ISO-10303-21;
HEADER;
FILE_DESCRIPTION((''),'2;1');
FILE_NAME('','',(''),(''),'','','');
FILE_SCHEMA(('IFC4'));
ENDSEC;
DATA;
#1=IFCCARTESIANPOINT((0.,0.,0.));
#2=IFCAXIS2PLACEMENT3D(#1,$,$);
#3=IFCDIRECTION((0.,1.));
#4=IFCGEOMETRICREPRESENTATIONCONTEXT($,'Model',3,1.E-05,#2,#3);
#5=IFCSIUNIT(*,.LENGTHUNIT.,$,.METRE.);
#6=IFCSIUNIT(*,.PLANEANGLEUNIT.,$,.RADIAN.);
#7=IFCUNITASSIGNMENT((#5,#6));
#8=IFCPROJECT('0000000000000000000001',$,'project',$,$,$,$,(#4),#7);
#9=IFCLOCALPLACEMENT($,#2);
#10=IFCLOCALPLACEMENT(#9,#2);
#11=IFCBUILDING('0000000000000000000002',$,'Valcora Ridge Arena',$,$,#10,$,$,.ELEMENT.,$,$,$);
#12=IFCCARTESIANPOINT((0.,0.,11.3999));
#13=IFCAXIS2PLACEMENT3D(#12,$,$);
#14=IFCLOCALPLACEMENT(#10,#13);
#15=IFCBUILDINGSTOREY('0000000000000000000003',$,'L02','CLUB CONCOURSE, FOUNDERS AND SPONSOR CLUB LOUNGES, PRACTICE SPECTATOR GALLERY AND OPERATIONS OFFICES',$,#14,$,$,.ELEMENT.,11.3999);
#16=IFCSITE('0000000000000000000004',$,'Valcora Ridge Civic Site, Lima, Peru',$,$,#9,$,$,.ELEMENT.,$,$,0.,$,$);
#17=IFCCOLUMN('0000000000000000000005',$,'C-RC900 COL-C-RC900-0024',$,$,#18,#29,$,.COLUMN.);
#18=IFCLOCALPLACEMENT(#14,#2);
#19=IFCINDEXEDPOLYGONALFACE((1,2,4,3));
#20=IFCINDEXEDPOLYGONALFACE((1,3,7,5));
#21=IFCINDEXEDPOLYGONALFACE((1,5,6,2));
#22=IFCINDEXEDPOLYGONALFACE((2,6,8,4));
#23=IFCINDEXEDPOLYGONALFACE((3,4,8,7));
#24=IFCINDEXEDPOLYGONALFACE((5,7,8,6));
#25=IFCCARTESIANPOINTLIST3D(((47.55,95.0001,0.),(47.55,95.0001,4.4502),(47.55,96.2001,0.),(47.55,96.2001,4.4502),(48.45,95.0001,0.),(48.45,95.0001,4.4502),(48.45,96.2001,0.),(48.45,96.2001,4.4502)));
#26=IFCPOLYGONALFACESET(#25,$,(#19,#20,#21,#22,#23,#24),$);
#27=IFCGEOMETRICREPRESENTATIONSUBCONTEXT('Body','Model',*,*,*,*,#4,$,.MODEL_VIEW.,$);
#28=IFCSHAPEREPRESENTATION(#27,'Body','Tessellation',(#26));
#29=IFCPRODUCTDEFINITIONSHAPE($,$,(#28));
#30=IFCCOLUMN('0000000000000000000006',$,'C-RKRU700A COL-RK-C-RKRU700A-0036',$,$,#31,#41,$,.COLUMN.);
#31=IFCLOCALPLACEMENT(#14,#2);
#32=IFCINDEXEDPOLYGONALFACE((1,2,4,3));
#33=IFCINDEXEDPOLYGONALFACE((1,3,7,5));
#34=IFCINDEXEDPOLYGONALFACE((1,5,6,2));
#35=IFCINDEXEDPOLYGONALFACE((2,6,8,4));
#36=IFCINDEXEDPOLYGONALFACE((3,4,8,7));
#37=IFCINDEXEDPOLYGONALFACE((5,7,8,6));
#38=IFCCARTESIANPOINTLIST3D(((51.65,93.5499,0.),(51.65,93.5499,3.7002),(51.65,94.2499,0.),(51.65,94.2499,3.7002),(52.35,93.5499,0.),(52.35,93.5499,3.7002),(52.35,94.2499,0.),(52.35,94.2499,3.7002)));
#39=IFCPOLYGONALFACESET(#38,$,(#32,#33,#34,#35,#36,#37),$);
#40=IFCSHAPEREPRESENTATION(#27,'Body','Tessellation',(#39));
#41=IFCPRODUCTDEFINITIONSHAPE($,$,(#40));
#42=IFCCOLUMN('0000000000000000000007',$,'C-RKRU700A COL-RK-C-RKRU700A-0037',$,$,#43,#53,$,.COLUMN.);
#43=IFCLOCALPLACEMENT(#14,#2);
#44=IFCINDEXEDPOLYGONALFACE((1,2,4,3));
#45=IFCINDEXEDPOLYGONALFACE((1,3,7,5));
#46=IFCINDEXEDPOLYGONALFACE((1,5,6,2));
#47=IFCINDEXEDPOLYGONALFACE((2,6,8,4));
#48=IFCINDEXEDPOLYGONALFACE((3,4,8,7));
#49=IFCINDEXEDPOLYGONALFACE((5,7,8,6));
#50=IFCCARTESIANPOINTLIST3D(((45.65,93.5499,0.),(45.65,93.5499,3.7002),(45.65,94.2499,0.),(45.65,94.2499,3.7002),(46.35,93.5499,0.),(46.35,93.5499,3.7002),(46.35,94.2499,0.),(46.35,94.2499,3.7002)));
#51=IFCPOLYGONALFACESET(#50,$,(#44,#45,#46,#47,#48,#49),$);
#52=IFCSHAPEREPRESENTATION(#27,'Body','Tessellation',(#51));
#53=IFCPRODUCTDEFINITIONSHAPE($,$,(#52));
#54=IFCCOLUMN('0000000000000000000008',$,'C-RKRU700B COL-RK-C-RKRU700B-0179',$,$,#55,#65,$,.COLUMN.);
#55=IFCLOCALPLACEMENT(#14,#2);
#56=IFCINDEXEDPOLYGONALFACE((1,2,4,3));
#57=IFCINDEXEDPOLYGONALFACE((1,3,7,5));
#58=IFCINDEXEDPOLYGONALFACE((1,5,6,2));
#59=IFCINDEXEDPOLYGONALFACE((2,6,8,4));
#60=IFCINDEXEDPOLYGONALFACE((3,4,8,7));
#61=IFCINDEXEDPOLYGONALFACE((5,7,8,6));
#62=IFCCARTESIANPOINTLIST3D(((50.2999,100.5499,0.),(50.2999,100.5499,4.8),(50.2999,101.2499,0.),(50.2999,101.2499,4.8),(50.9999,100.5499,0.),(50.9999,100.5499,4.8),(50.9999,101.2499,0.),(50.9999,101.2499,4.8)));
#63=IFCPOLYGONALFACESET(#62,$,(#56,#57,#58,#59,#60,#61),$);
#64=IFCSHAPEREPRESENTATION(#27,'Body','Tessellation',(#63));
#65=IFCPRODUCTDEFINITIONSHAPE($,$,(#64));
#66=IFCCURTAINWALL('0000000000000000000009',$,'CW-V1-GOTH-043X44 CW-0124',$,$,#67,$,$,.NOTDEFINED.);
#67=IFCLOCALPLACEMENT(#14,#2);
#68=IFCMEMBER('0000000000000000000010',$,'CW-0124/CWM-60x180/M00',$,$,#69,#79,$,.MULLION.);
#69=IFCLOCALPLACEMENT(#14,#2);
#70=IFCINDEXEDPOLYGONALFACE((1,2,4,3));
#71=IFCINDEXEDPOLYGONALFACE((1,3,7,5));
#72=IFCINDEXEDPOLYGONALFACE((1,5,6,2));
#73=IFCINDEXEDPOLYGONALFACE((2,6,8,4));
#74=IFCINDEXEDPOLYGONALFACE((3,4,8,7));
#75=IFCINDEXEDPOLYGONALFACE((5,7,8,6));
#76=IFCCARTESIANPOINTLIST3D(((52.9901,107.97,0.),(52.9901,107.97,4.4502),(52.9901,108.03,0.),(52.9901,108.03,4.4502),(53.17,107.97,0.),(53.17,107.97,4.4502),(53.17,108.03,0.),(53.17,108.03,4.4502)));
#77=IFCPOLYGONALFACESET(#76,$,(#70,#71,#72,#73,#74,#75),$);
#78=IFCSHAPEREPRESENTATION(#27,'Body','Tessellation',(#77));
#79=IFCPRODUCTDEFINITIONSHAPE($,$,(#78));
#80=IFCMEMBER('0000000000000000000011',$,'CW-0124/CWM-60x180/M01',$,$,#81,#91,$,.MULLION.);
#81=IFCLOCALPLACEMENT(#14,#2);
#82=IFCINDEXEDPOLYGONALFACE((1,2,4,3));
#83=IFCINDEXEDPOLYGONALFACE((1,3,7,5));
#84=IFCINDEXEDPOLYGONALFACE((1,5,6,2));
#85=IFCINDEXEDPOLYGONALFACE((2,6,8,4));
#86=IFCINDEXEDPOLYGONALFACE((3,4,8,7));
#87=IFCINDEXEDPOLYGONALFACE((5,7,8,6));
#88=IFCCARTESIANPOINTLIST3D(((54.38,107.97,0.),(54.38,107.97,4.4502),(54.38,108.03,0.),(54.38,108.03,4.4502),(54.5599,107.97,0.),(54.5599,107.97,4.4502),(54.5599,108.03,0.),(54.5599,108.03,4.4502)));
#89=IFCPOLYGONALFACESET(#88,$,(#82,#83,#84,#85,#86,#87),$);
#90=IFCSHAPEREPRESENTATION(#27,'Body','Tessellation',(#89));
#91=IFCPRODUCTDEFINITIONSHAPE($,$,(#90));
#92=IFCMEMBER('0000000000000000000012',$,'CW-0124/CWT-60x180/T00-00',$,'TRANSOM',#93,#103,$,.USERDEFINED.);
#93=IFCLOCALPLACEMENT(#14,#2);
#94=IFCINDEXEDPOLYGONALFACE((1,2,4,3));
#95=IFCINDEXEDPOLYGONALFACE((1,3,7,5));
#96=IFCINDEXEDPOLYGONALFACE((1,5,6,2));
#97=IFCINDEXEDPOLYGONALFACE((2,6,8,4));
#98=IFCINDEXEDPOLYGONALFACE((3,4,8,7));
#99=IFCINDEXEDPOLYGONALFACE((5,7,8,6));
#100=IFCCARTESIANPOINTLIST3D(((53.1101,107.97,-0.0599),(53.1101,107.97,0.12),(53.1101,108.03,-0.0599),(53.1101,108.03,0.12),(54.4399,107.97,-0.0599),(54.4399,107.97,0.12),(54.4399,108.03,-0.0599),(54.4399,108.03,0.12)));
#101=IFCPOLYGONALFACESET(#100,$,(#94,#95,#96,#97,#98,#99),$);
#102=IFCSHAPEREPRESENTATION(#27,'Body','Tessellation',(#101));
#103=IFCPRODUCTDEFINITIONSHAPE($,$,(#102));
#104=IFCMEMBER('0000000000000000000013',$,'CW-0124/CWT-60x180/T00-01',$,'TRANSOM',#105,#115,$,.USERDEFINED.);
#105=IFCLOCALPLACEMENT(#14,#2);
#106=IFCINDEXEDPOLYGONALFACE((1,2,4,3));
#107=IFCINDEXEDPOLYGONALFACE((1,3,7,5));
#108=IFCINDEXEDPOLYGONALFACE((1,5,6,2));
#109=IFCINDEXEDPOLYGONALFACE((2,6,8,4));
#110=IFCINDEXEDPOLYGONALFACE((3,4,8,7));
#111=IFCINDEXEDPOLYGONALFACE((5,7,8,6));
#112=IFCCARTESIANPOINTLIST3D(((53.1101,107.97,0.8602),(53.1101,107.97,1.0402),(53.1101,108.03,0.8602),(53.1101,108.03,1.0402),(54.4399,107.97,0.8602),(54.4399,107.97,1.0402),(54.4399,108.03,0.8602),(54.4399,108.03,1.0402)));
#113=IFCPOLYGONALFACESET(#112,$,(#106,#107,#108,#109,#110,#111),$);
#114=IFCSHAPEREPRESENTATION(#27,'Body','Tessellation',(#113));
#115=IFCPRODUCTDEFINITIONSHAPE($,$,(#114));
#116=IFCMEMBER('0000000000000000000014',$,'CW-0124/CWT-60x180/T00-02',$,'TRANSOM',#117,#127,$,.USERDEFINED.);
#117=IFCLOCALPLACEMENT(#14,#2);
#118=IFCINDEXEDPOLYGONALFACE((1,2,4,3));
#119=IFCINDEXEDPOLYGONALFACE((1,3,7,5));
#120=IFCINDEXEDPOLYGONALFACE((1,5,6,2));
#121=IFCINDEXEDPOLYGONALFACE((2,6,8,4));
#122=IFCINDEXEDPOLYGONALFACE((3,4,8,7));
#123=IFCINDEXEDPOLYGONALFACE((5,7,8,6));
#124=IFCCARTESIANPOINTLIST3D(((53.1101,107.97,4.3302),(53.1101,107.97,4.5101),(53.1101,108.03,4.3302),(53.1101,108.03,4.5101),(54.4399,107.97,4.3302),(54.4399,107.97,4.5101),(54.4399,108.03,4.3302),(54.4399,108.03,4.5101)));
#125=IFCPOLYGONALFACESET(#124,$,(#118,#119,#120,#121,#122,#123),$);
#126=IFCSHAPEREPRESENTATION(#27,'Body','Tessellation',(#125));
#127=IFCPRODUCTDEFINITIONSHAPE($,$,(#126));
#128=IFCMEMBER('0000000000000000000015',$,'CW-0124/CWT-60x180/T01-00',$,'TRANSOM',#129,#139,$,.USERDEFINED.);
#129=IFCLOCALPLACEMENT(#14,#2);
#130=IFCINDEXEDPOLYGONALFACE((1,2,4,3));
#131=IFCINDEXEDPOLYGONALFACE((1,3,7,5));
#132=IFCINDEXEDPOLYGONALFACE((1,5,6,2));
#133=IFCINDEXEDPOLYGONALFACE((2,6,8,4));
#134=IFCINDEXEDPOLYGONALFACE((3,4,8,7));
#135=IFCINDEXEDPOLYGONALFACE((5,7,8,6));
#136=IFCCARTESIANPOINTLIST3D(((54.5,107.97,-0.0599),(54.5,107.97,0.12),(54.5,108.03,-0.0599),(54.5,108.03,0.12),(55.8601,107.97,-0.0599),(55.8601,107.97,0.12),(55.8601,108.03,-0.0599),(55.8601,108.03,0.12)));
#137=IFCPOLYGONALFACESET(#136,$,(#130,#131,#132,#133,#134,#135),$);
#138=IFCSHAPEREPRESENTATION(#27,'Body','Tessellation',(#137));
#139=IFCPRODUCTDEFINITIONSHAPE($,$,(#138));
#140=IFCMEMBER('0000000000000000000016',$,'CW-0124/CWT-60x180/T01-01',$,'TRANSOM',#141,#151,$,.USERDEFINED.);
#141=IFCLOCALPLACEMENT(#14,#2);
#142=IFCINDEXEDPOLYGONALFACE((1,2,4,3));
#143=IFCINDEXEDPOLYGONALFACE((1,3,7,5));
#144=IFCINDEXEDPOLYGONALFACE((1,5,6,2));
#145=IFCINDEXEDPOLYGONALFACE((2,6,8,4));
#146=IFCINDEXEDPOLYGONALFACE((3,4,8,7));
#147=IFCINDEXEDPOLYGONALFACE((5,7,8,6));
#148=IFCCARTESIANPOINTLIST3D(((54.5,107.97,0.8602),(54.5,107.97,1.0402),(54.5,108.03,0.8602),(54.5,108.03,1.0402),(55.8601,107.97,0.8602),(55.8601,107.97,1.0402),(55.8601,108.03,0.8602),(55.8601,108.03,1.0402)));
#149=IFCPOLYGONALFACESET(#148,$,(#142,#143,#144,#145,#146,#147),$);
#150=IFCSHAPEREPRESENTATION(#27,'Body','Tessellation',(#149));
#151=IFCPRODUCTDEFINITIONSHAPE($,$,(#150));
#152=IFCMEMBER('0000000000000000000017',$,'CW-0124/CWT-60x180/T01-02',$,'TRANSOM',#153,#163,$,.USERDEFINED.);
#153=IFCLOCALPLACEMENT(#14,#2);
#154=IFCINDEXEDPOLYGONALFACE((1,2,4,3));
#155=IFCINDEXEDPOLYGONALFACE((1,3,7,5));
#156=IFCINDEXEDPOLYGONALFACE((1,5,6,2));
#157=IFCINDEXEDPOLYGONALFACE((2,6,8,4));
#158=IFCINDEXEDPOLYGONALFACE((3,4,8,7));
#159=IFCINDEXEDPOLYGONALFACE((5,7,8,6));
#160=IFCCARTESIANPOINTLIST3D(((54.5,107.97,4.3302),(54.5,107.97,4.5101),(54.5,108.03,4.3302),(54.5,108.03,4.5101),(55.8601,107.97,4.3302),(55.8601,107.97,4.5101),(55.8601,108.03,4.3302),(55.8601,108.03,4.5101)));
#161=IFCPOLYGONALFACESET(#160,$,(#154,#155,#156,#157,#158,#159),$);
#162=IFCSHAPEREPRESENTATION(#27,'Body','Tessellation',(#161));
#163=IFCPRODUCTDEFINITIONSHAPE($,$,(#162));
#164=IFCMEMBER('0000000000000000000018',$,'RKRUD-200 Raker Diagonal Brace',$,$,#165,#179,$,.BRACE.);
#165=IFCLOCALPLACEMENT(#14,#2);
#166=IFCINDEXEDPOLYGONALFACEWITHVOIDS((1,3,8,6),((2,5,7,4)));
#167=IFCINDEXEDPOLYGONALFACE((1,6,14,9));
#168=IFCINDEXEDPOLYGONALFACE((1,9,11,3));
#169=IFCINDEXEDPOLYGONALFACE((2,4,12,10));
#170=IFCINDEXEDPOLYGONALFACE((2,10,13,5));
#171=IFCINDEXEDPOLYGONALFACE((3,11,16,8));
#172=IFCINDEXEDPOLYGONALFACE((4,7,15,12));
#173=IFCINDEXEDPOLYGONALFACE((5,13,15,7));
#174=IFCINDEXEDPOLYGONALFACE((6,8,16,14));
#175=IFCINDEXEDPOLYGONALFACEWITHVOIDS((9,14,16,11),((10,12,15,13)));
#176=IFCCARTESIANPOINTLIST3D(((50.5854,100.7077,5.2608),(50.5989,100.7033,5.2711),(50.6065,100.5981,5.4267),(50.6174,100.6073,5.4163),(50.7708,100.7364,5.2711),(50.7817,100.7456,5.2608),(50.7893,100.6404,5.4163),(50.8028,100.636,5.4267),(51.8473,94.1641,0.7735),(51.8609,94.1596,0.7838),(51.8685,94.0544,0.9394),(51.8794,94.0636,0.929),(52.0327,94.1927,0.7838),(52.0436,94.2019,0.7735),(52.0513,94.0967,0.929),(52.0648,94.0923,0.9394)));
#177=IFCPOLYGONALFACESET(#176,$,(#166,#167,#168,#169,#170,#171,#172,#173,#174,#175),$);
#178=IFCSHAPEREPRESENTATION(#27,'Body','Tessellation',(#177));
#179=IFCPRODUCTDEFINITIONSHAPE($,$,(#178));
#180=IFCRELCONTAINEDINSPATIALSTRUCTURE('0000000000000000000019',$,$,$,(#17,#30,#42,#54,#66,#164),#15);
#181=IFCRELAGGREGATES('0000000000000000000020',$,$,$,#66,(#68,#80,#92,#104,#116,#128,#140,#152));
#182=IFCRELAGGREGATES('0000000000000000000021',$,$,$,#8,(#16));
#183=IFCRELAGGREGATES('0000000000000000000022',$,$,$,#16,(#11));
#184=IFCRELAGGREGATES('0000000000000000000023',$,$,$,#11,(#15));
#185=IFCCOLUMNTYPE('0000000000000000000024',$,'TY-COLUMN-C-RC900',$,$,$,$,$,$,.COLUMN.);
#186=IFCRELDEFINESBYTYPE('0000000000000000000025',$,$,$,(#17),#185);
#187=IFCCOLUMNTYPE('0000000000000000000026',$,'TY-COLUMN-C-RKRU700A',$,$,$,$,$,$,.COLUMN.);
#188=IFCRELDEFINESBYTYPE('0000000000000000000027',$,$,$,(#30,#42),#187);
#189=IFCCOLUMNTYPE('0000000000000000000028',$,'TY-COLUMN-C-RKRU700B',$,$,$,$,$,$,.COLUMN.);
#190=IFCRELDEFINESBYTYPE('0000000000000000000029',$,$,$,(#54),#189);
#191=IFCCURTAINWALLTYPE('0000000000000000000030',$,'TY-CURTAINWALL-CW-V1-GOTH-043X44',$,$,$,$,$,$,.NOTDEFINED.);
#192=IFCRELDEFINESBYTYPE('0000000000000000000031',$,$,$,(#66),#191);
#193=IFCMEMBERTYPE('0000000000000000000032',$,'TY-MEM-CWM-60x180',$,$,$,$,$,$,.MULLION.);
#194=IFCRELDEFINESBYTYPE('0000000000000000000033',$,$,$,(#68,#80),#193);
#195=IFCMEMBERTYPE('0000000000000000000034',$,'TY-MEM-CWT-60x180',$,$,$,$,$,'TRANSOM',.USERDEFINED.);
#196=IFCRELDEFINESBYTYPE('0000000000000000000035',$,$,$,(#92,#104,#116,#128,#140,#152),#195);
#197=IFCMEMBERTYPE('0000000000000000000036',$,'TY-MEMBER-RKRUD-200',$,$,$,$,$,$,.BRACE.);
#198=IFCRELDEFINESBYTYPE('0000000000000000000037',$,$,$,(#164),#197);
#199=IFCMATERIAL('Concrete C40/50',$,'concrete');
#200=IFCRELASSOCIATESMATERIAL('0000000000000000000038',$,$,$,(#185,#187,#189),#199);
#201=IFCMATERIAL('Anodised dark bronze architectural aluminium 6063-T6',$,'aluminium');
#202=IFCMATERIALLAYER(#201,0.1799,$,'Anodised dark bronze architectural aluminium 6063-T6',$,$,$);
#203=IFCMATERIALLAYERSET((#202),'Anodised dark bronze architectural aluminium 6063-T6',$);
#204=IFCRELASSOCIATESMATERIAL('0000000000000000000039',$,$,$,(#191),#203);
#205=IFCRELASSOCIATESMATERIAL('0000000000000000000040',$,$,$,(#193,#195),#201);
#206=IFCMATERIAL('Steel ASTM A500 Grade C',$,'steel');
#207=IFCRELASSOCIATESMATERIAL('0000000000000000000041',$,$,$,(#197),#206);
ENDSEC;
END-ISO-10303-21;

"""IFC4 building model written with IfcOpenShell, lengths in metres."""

from ifc_helpers import new_model, si_unit, direction, frame, origin, origin_2d, place, context, subcontext, project, spatial, rectangle, hollow_rectangle, extrude, material, layer, layer_set, material_profile, profile_set, type_object, element, aggregate, save


model = new_model("IFC4")

# Units and contexts
model_context = context("Model", 3, precision=1e-05, world=origin(), true_north=direction((0.0, 1.0)))
body_context = subcontext(model_context, "Body", "Model", "MODEL_VIEW")
ifc_project = project(units=[si_unit("LENGTHUNIT", "METRE"), si_unit("PLANEANGLEUNIT", "RADIAN")], contexts=[model_context])

# Site, building, storey
site_placement = place(None, origin())
site = spatial("IfcSite", under=ifc_project, at=site_placement, Name="Valcora Ridge Civic Site, Lima, Peru", CompositionType="ELEMENT", RefElevation=0.0)
building_placement = place(site_placement, origin())
building = spatial("IfcBuilding", under=site, at=building_placement, Name="Valcora Ridge Arena", CompositionType="ELEMENT")
storey_placement = place(building_placement, frame((0.0, 0.0, 11.3999)))
storey = spatial("IfcBuildingStorey", under=building, at=storey_placement, Name="L02", Description="CLUB CONCOURSE, FOUNDERS AND SPONSOR CLUB LOUNGES, PRACTICE SPECTATOR GALLERY AND OPERATIONS OFFICES", CompositionType="ELEMENT", Elevation=11.3999)

# Columns
ifc_material_1 = material(Name="Concrete C40/50", Category="concrete")
ifc_material_profile_1 = material_profile(ifc_material_1, rectangle(XDim=0.8999, YDim=1.2, at=origin_2d()), Name="RC 900x1200")
ifc_profile_set_1 = profile_set([ifc_material_profile_1], Name="Concrete C40/50")
column_type_1 = type_object("IfcColumnType", Name="TY-COLUMN-C-RC900", PredefinedType="COLUMN", material=ifc_profile_set_1)
column_1_placement = place(storey_placement, frame((48.0, 95.6001, 0.0), z_axis=(0.0, 0.0, 1.0), x_axis=(1.0, 0.0, 0.0)))
element("IfcColumn", 1, at=column_1_placement, inside=storey, type_object=column_type_1, Name="C-RC900 COL-C-RC900-0024", PredefinedType="COLUMN", context=body_context, shape_type="SweptSolid", body=[
    extrude(rectangle(XDim=0.8999, YDim=1.2, at=origin_2d()), origin(), (0.0, 0.0, 1.0), 4.4502),
])
ifc_material_profile_2 = material_profile(ifc_material_1, rectangle(XDim=0.7, YDim=0.7, at=origin_2d()), Name="RC 700x700")
ifc_profile_set_2 = profile_set([ifc_material_profile_2], Name="Concrete C40/50")
column_type_2 = type_object("IfcColumnType", Name="TY-COLUMN-C-RKRU700A", PredefinedType="COLUMN", material=ifc_profile_set_2)
for number, where, z_axis, x_axis, name in (
    (2, (52.0, 93.8999, 0.0), (0.0, 0.0, 1.0), (1.0, 0.0, 0.0), "C-RKRU700A COL-RK-C-RKRU700A-0036"),
    (3, (46.0, 93.8999, 0.0), (0.0, 0.0, 1.0), (1.0, 0.0, 0.0), "C-RKRU700A COL-RK-C-RKRU700A-0037"),
):
    element("IfcColumn", number, at=place(storey_placement, frame(where, z_axis=z_axis, x_axis=x_axis)), inside=storey, type_object=column_type_2, Name=name, PredefinedType="COLUMN", context=body_context, shape_type="SweptSolid", body=[
        extrude(rectangle(XDim=0.7, YDim=0.7, at=origin_2d()), origin(), (0.0, 0.0, 1.0), 3.7002),
    ])
ifc_material_profile_3 = material_profile(ifc_material_1, rectangle(XDim=0.7, YDim=0.7, at=origin_2d()), Name="RC 700x700")
ifc_profile_set_3 = profile_set([ifc_material_profile_3], Name="Concrete C40/50")
column_type_3 = type_object("IfcColumnType", Name="TY-COLUMN-C-RKRU700B", PredefinedType="COLUMN", material=ifc_profile_set_3)
column_2_placement = place(storey_placement, frame((50.6499, 100.8999, 0.0), z_axis=(0.0, 0.0, 1.0), x_axis=(1.0, 0.0, 0.0)))
element("IfcColumn", 4, at=column_2_placement, inside=storey, type_object=column_type_3, Name="C-RKRU700B COL-RK-C-RKRU700B-0179", PredefinedType="COLUMN", context=body_context, shape_type="SweptSolid", body=[
    extrude(rectangle(XDim=0.7, YDim=0.7, at=origin_2d()), origin(), (0.0, 0.0, 1.0), 4.8),
])

# Curtain wall, members
ifc_material_2 = material(Name="Anodised dark bronze architectural aluminium 6063-T6", Category="aluminium")
ifc_layer_1 = layer(ifc_material_2, 0.1799, Name="Anodised dark bronze architectural aluminium 6063-T6")
ifc_layer_set_1 = layer_set([ifc_layer_1], Name="Anodised dark bronze architectural aluminium 6063-T6")
curtain_wall_type = type_object("IfcCurtainWallType", Name="TY-CURTAINWALL-CW-V1-GOTH-043X44", PredefinedType="NOTDEFINED", material=ifc_layer_set_1)
curtain_wall_placement = place(storey_placement, origin())
curtain_wall = element("IfcCurtainWall", 5, at=curtain_wall_placement, inside=storey, type_object=curtain_wall_type, Name="CW-V1-GOTH-043X44 CW-0124", PredefinedType="NOTDEFINED")
ifc_material_profile_4 = material_profile(ifc_material_2, rectangle(XDim=0.0601, YDim=0.1799, at=origin_2d()), Name="ALU MULLION 60x180")
ifc_profile_set_4 = profile_set([ifc_material_profile_4], Name="Anodised dark bronze architectural aluminium 6063-T6")
member_type_1 = type_object("IfcMemberType", Name="TY-MEM-CWM-60x180", PredefinedType="MULLION", material=ifc_profile_set_4)
member_1_placement = place(storey_placement, frame((53.0801, 108.0, 0.0), z_axis=(0.0, 0.0, 1.0), x_axis=(0.0, 1.0, 0.0)))
member_1 = element("IfcMember", 6, at=member_1_placement, type_object=member_type_1, Name="CW-0124/CWM-60x180/M00", PredefinedType="MULLION", context=body_context, shape_type="SweptSolid", body=[
    extrude(rectangle(XDim=0.0601, YDim=0.1799, at=origin_2d()), origin(), (0.0, 0.0, 1.0), 4.4502),
])
member_2_placement = place(storey_placement, frame((54.47, 108.0, 0.0), z_axis=(0.0, 0.0, 1.0), x_axis=(0.0, 1.0, 0.0)))
member_2 = element("IfcMember", 7, at=member_2_placement, type_object=member_type_1, Name="CW-0124/CWM-60x180/M01", PredefinedType="MULLION", context=body_context, shape_type="SweptSolid", body=[
    extrude(rectangle(XDim=0.0601, YDim=0.1799, at=origin_2d()), origin(), (0.0, 0.0, 1.0), 4.4502),
])
ifc_material_profile_5 = material_profile(ifc_material_2, rectangle(XDim=0.0601, YDim=0.1799, at=origin_2d()), Name="ALU TRANSOM 60x180")
ifc_profile_set_5 = profile_set([ifc_material_profile_5], Name="Anodised dark bronze architectural aluminium 6063-T6")
member_type_2 = type_object("IfcMemberType", Name="TY-MEM-CWT-60x180", ElementType="TRANSOM", PredefinedType="USERDEFINED", material=ifc_profile_set_5)
member_3_placement = place(storey_placement, frame((53.1101, 108.0, 0.03), z_axis=(1.0, 0.0, 0.0), x_axis=(0.0, 1.0, 0.0)))
member_3 = element("IfcMember", 8, at=member_3_placement, type_object=member_type_2, Name="CW-0124/CWT-60x180/T00-00", ObjectType="TRANSOM", PredefinedType="USERDEFINED", context=body_context, shape_type="SweptSolid", body=[
    extrude(rectangle(XDim=0.0601, YDim=0.1799, at=origin_2d()), origin(), (0.0, 0.0, 1.0), 1.3298),
])
member_4_placement = place(storey_placement, frame((53.1101, 108.0, 0.9502), z_axis=(1.0, 0.0, 0.0), x_axis=(0.0, 1.0, 0.0)))
member_4 = element("IfcMember", 9, at=member_4_placement, type_object=member_type_2, Name="CW-0124/CWT-60x180/T00-01", ObjectType="TRANSOM", PredefinedType="USERDEFINED", context=body_context, shape_type="SweptSolid", body=[
    extrude(rectangle(XDim=0.0601, YDim=0.1799, at=origin_2d()), origin(), (0.0, 0.0, 1.0), 1.3298),
])
member_5_placement = place(storey_placement, frame((53.1101, 108.0, 4.4202), z_axis=(1.0, 0.0, 0.0), x_axis=(0.0, 1.0, 0.0)))
member_5 = element("IfcMember", 10, at=member_5_placement, type_object=member_type_2, Name="CW-0124/CWT-60x180/T00-02", ObjectType="TRANSOM", PredefinedType="USERDEFINED", context=body_context, shape_type="SweptSolid", body=[
    extrude(rectangle(XDim=0.0601, YDim=0.1799, at=origin_2d()), origin(), (0.0, 0.0, 1.0), 1.3298),
])
member_6_placement = place(storey_placement, frame((54.5, 108.0, 0.03), z_axis=(1.0, 0.0, 0.0), x_axis=(0.0, 1.0, 0.0)))
member_6 = element("IfcMember", 11, at=member_6_placement, type_object=member_type_2, Name="CW-0124/CWT-60x180/T01-00", ObjectType="TRANSOM", PredefinedType="USERDEFINED", context=body_context, shape_type="SweptSolid", body=[
    extrude(rectangle(XDim=0.0601, YDim=0.1799, at=origin_2d()), origin(), (0.0, 0.0, 1.0), 1.3601),
])
member_7_placement = place(storey_placement, frame((54.5, 108.0, 0.9502), z_axis=(1.0, 0.0, 0.0), x_axis=(0.0, 1.0, 0.0)))
member_7 = element("IfcMember", 12, at=member_7_placement, type_object=member_type_2, Name="CW-0124/CWT-60x180/T01-01", ObjectType="TRANSOM", PredefinedType="USERDEFINED", context=body_context, shape_type="SweptSolid", body=[
    extrude(rectangle(XDim=0.0601, YDim=0.1799, at=origin_2d()), origin(), (0.0, 0.0, 1.0), 1.3601),
])
member_8_placement = place(storey_placement, frame((54.5, 108.0, 4.4202), z_axis=(1.0, 0.0, 0.0), x_axis=(0.0, 1.0, 0.0)))
member_8 = element("IfcMember", 13, at=member_8_placement, type_object=member_type_2, Name="CW-0124/CWT-60x180/T01-02", ObjectType="TRANSOM", PredefinedType="USERDEFINED", context=body_context, shape_type="SweptSolid", body=[
    extrude(rectangle(XDim=0.0601, YDim=0.1799, at=origin_2d()), origin(), (0.0, 0.0, 1.0), 1.3601),
])

# Member
ifc_material_3 = material(Name="Steel ASTM A500 Grade C", Category="steel")
ifc_material_profile_6 = material_profile(ifc_material_3, hollow_rectangle(XDim=0.2, YDim=0.2, WallThickness=0.0125, at=origin_2d()), Name="HSS200X200X12")
ifc_profile_set_6 = profile_set([ifc_material_profile_6], Name="Steel ASTM A500 Grade C")
member_type_3 = type_object("IfcMemberType", Name="TY-MEMBER-RKRUD-200", PredefinedType="BRACE", material=ifc_profile_set_6)
member_9_placement = place(storey_placement, frame((51.9561, 94.1282, 0.8564), z_axis=(-0.157074, 0.81448, 0.558525), x_axis=(-0.981907, -0.189362, 0.0)))
element("IfcMember", 14, at=member_9_placement, inside=storey, type_object=member_type_3, Name="RKRUD-200 Raker Diagonal Brace", PredefinedType="BRACE", context=body_context, shape_type="SweptSolid", body=[
    extrude(hollow_rectangle(XDim=0.2, YDim=0.2, WallThickness=0.0125, at=origin_2d()), origin(), (0.0, 0.0, 1.0), 8.0342),
])

aggregate(curtain_wall, [member_1, member_2, member_3, member_4, member_5, member_6, member_7, member_8])

save(model, "model.ifc")
